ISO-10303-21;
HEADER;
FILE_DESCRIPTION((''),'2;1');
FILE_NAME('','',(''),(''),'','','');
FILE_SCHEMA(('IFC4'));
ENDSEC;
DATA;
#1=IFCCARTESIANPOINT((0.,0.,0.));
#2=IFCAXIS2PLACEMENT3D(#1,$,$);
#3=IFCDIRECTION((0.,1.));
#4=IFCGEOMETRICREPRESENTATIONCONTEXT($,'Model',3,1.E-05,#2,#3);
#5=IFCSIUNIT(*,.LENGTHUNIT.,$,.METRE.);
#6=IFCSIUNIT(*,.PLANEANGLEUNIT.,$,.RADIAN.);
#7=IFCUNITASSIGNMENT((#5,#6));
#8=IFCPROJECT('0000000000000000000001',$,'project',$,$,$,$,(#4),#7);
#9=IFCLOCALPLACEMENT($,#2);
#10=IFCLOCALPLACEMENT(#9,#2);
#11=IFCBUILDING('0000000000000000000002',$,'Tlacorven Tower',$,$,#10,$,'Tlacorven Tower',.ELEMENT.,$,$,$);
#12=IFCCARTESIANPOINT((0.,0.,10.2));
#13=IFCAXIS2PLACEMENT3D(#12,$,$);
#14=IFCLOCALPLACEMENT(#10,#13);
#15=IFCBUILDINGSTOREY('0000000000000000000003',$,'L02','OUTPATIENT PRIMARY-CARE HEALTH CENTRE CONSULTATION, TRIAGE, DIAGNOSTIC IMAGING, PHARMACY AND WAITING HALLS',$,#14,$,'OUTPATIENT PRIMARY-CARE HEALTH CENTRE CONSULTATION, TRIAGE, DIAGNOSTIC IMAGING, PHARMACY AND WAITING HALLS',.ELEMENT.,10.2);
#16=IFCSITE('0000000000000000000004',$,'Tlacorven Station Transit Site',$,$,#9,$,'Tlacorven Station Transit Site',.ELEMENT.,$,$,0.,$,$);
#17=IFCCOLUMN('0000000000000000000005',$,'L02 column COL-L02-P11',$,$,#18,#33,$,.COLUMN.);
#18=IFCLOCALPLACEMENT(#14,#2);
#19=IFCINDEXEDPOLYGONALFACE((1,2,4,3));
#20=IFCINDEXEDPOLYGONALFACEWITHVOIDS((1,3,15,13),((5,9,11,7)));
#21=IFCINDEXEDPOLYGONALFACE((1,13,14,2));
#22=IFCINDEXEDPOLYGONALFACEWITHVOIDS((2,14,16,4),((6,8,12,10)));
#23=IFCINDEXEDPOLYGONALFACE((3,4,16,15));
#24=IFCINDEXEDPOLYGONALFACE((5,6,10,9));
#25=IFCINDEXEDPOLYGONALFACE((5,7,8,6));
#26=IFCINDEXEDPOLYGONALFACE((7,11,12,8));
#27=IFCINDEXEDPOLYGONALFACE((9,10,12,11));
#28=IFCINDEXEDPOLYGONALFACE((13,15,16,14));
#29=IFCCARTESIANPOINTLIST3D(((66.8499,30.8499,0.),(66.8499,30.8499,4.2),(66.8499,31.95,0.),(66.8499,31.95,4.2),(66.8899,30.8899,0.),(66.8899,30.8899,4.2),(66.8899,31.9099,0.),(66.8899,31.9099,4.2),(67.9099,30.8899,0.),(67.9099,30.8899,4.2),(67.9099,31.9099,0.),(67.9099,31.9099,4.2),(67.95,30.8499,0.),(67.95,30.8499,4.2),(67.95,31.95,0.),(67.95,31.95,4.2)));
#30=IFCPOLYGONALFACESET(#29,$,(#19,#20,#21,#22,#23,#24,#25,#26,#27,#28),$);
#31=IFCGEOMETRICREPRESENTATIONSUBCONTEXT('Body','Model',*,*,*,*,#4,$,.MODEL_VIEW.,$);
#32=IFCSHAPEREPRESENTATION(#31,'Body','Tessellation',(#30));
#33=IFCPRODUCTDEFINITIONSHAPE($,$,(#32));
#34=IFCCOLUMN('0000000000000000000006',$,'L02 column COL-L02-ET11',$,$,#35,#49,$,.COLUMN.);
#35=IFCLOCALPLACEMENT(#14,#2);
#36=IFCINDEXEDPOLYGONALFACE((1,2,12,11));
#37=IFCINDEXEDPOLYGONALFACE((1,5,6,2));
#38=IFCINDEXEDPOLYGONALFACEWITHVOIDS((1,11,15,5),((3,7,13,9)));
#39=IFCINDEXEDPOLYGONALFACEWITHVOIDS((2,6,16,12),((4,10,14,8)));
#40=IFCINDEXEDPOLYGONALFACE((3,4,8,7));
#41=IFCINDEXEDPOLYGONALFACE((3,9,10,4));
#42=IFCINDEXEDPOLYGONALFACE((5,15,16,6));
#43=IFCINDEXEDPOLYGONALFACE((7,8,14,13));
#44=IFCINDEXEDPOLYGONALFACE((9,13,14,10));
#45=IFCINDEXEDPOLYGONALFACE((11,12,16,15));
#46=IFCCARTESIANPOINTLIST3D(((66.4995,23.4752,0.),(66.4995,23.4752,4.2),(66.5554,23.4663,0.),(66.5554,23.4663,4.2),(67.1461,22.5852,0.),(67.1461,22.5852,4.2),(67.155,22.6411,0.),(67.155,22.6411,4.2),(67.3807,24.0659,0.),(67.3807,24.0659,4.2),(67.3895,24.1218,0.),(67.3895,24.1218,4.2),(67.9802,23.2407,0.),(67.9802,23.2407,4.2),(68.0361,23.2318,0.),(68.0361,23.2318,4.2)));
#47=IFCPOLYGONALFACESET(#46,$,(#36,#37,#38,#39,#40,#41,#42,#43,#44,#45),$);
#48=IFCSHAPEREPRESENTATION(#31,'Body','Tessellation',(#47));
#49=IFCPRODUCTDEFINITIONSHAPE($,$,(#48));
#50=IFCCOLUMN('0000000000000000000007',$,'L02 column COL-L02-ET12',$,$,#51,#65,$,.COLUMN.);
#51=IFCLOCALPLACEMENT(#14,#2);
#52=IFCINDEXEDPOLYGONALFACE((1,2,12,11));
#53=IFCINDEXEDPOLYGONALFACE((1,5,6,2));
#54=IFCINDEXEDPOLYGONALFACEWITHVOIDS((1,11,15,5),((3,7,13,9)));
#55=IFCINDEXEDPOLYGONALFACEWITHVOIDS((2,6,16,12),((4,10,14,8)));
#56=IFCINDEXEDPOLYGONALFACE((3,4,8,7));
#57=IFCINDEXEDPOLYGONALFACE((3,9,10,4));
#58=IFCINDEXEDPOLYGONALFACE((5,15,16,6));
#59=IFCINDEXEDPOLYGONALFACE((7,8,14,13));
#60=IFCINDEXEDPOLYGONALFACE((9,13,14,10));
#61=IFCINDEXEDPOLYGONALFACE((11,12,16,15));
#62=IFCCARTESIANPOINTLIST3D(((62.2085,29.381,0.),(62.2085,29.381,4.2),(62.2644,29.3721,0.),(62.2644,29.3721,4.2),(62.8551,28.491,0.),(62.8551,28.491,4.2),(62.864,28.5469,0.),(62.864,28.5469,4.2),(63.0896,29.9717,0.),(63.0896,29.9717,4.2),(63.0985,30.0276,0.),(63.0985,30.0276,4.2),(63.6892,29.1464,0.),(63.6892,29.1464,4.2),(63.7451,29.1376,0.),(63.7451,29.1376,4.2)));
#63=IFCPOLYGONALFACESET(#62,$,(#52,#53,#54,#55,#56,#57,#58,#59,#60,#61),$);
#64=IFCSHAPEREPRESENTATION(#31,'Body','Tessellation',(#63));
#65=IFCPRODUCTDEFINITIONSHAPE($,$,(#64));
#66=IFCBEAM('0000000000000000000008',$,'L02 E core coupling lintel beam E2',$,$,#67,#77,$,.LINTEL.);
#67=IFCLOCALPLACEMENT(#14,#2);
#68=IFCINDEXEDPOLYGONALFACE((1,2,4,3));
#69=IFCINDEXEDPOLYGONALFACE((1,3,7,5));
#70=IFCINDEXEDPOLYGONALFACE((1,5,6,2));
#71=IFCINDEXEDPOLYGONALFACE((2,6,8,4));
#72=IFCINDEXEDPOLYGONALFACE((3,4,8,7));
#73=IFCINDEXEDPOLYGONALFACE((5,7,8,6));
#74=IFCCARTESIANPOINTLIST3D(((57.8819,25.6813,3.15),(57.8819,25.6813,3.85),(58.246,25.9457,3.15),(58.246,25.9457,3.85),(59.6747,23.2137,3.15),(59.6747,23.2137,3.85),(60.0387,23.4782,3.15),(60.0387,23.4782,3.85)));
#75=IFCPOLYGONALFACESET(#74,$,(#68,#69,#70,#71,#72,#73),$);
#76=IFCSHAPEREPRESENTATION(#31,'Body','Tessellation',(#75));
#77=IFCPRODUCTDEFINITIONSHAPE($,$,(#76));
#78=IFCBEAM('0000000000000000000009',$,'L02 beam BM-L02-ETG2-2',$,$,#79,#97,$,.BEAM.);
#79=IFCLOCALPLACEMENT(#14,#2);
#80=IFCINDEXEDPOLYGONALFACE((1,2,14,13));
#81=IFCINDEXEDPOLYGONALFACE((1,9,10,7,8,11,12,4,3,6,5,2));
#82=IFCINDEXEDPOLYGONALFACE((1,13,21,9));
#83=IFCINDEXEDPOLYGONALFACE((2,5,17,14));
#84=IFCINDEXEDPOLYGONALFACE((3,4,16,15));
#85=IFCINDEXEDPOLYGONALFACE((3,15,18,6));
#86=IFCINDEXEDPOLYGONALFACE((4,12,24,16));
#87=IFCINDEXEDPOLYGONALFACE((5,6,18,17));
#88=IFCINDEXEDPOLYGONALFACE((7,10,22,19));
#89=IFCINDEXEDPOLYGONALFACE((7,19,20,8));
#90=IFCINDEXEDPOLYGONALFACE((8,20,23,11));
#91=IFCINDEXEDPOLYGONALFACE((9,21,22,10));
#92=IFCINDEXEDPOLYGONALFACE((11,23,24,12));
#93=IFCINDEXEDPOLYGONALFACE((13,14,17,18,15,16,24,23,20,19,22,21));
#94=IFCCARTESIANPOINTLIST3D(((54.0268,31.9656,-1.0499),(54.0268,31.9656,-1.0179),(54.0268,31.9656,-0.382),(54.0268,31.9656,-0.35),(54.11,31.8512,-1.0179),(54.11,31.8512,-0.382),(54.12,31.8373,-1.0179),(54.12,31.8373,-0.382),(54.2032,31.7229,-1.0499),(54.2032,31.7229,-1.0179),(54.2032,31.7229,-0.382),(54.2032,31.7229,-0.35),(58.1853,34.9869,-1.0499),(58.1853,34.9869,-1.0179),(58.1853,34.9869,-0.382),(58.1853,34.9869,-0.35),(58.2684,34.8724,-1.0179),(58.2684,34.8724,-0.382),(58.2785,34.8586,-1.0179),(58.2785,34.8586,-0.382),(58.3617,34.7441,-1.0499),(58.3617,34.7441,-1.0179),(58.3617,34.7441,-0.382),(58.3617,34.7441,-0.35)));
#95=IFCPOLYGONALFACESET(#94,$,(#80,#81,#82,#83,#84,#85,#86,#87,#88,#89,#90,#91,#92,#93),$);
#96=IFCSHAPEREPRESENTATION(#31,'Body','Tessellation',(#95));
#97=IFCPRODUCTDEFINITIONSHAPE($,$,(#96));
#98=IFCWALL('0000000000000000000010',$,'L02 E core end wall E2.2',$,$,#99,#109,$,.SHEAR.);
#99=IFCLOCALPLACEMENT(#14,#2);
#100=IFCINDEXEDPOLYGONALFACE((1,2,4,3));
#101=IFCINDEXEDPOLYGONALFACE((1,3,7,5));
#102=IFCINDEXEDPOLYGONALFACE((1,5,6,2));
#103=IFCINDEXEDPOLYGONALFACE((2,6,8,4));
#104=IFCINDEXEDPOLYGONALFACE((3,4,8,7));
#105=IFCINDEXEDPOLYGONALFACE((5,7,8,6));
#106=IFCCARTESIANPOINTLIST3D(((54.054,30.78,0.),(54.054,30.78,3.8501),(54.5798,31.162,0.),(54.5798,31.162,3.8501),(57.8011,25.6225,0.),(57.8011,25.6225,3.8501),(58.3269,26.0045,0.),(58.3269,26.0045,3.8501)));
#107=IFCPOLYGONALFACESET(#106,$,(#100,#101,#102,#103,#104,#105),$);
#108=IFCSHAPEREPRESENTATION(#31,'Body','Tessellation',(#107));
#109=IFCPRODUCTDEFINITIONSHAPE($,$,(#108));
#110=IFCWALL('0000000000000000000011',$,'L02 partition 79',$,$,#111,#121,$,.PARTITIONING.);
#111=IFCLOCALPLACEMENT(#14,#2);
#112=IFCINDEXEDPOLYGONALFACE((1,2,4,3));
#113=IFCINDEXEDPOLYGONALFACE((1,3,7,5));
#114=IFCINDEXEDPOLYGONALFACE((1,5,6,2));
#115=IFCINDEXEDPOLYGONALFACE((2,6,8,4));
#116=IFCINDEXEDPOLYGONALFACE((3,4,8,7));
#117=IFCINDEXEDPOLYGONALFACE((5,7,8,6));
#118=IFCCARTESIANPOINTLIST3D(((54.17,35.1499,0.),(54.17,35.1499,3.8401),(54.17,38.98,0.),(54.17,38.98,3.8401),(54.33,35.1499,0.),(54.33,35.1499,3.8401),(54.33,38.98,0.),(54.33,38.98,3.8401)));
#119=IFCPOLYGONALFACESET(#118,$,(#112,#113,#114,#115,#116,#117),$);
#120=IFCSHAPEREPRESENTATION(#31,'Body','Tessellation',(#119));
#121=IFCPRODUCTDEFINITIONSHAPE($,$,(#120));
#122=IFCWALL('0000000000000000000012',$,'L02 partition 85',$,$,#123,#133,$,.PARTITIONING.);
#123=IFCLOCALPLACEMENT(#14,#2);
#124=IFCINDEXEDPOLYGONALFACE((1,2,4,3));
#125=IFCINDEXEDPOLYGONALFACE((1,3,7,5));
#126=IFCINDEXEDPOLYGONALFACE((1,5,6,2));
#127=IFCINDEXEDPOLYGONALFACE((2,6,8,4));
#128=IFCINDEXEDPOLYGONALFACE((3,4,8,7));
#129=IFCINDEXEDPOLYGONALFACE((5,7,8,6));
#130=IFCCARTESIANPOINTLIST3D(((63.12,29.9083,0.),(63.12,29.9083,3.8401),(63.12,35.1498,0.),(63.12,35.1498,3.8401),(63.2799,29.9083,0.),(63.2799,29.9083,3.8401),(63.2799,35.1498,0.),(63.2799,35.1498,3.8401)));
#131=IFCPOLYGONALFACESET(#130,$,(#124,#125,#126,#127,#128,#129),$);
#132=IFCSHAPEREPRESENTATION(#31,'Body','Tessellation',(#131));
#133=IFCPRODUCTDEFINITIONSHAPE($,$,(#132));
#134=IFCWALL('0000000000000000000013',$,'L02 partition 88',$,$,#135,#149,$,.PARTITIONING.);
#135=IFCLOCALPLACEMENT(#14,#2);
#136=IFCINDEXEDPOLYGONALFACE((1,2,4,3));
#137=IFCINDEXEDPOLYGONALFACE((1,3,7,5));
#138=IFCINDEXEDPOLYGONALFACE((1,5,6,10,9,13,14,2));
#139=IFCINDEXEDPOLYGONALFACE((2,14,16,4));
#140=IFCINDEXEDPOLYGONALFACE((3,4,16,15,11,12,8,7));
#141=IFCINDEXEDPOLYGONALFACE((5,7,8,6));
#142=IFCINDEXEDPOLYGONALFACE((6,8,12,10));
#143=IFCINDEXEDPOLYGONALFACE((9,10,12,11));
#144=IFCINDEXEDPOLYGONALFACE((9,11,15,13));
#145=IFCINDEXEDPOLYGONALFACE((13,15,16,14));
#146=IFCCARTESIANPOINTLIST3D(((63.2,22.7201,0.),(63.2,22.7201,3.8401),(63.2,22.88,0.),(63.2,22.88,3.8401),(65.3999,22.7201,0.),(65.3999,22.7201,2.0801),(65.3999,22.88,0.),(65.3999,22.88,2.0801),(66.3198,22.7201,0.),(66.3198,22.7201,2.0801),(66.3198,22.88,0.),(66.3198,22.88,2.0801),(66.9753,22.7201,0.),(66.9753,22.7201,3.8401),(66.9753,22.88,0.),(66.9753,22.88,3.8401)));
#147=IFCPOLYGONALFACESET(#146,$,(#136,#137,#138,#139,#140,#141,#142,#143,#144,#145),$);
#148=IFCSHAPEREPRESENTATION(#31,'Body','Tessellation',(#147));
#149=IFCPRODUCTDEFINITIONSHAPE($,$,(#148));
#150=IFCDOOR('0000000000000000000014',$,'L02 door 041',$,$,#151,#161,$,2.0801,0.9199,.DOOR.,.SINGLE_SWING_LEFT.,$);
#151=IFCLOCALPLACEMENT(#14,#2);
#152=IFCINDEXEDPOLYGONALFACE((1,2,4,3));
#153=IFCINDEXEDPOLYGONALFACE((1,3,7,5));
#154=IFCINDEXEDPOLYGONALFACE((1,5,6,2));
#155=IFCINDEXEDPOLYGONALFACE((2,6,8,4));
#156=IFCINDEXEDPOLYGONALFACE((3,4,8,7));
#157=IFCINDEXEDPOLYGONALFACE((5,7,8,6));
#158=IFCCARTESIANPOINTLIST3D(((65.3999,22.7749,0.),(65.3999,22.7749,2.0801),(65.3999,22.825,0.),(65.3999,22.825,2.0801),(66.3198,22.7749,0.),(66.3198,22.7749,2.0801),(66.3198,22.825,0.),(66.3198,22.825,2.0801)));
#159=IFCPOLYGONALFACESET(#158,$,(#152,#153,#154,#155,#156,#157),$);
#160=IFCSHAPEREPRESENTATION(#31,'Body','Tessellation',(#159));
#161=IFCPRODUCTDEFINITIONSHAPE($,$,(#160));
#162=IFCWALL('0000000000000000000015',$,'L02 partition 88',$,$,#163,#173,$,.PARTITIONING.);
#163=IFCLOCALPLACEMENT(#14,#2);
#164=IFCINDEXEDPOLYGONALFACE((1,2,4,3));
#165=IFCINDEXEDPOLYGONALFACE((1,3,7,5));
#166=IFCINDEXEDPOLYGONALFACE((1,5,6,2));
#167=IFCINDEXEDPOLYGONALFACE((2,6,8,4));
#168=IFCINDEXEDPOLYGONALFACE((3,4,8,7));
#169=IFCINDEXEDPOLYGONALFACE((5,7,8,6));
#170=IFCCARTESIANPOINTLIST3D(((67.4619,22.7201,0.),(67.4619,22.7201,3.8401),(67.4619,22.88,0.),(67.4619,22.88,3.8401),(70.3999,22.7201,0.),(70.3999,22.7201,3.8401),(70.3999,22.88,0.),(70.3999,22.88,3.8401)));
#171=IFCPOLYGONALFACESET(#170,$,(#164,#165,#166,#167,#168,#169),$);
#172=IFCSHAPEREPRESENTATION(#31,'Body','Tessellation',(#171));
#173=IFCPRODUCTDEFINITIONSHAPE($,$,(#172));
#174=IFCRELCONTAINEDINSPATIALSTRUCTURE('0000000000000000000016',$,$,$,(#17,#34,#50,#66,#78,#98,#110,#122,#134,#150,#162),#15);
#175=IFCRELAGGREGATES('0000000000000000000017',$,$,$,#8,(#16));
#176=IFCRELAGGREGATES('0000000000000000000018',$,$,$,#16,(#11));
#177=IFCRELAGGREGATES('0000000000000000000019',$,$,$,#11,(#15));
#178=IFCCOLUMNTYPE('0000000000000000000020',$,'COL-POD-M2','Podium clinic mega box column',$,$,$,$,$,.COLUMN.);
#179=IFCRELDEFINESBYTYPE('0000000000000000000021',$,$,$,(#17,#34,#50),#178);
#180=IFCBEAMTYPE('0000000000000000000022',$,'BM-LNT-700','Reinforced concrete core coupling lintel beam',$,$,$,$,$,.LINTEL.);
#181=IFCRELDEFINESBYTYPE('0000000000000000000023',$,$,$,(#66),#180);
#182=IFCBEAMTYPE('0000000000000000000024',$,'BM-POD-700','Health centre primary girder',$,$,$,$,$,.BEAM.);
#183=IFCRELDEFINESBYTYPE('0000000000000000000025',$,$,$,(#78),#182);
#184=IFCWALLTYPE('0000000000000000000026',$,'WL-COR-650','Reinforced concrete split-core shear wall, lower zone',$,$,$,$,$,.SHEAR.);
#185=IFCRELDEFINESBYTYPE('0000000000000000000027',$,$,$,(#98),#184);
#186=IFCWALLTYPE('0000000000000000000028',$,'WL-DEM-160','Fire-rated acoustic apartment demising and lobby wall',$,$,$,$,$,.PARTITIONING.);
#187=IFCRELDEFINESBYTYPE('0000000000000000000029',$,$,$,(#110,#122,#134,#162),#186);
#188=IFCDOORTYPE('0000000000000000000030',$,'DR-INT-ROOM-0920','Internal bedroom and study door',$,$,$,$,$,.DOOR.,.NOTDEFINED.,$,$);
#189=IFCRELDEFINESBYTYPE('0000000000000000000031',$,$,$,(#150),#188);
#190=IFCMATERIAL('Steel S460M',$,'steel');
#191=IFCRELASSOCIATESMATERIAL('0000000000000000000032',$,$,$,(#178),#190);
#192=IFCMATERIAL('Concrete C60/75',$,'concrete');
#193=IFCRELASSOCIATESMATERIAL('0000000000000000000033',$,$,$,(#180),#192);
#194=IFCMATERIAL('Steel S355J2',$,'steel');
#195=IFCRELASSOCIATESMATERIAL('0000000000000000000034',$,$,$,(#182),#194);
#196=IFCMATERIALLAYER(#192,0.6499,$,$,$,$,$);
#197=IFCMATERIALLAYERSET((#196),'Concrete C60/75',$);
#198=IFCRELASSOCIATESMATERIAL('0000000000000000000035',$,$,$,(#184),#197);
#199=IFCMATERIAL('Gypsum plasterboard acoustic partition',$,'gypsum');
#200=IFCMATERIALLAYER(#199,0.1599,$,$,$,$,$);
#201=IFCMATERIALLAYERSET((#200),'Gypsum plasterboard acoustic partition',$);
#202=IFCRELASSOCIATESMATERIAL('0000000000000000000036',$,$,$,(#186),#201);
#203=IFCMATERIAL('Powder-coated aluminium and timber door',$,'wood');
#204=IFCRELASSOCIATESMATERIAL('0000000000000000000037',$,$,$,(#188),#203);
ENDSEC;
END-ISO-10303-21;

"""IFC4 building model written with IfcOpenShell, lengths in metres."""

from ifc_helpers import new_model, si_unit, direction, frame, frame_2d, origin, origin_2d, place, context, subcontext, project, spatial, rectangle, hollow_rectangle, i_section, extrude, source, transform, mapped, material, layer, layer_set, material_profile, profile_set, type_object, element, fill, save


model = new_model("IFC4")

# Units and contexts
model_context = context("Model", 3, precision=1e-05, world=origin(), true_north=direction((0.0, 1.0)))
body_context = subcontext(model_context, "Body", "Model", "MODEL_VIEW")
ifc_project = project(units=[si_unit("LENGTHUNIT", "METRE"), si_unit("PLANEANGLEUNIT", "RADIAN")], contexts=[model_context])

# Site, building, storey
site_placement = place(None, origin())
site = spatial("IfcSite", under=ifc_project, at=site_placement, Name="Tlacorven Station Transit Site", LongName="Tlacorven Station Transit Site", CompositionType="ELEMENT", RefElevation=0.0)
building_placement = place(site_placement, origin())
building = spatial("IfcBuilding", under=site, at=building_placement, Name="Tlacorven Tower", LongName="Tlacorven Tower", CompositionType="ELEMENT")
storey_placement = place(building_placement, frame((0.0, 0.0, 10.2)))
storey = spatial("IfcBuildingStorey", under=building, at=storey_placement, Name="L02", Description="OUTPATIENT PRIMARY-CARE HEALTH CENTRE CONSULTATION, TRIAGE, DIAGNOSTIC IMAGING, PHARMACY AND WAITING HALLS", LongName="OUTPATIENT PRIMARY-CARE HEALTH CENTRE CONSULTATION, TRIAGE, DIAGNOSTIC IMAGING, PHARMACY AND WAITING HALLS", CompositionType="ELEMENT", Elevation=10.2)

# Columns
ifc_material_1 = material(Name="Steel S460M", Category="steel")
ifc_material_profile_1 = material_profile(ifc_material_1, hollow_rectangle(XDim=1.1001, YDim=1.1001, WallThickness=0.04, at=origin_2d()), Name="BOX 1100X1100X40")
ifc_profile_set_1 = profile_set([ifc_material_profile_1], Name="Steel S460M")
column_type = type_object("IfcColumnType", Name="COL-POD-M2", Description="Podium clinic mega box column", PredefinedType="COLUMN", material=ifc_profile_set_1)
shared_shape_1 = source(origin(), body_context, "Body", "SweptSolid", [
    extrude(hollow_rectangle(XDim=1.1001, YDim=1.1001, WallThickness=0.04, at=origin_2d()), origin(), (0.0, 0.0, 1.0), 4.2),
])
for number, where, z_axis, x_axis, name in (
    (1, (67.3999, 31.3999, 0.0), (0.0, 0.0, 1.0), (1.0, 0.0, 0.0), "L02 column COL-L02-P11"),
    (2, (67.2678, 23.3535, 0.0), (0.0, 0.0, 1.0), (0.809017, 0.587785, 0.0), "L02 column COL-L02-ET11"),
    (3, (62.9768, 29.2593, 0.0), (0.0, 0.0, 1.0), (0.809017, 0.587785, 0.0), "L02 column COL-L02-ET12"),
):
    element("IfcColumn", number, at=place(storey_placement, frame(where, z_axis=z_axis, x_axis=x_axis)), inside=storey, type_object=column_type, Name=name, PredefinedType="COLUMN", context=body_context, shape_type="MappedRepresentation", body=[
        mapped(shared_shape_1, transform((0.0, 0.0, 0.0), scale=1.0)),
    ])

# Beams
ifc_material_2 = material(Name="Concrete C60/75", Category="concrete")
ifc_material_profile_2 = material_profile(ifc_material_2, rectangle(XDim=0.45, YDim=0.7, at=origin_2d()), Name="RC 450X700")
ifc_profile_set_2 = profile_set([ifc_material_profile_2], Name="Concrete C60/75")
beam_type_1 = type_object("IfcBeamType", Name="BM-LNT-700", Description="Reinforced concrete core coupling lintel beam", PredefinedType="LINTEL", material=ifc_profile_set_2)
shared_shape_2 = source(origin(), body_context, "Body", "SweptSolid", [
    extrude(rectangle(XDim=0.45, YDim=0.7, at=origin_2d()), origin(), (0.0, 0.0, 1.0), 3.05),
])
beam_1_placement = place(storey_placement, frame((59.8567, 23.3459, 3.5), z_axis=(-0.587777, 0.809023, 0.0), x_axis=(-0.809023, -0.587777, 0.0)))
element("IfcBeam", 4, at=beam_1_placement, inside=storey, type_object=beam_type_1, Name="L02 E core coupling lintel beam E2", PredefinedType="LINTEL", context=body_context, shape_type="MappedRepresentation", body=[
    mapped(shared_shape_2, transform((0.0, 0.0, 0.0), scale=1.0)),
])
ifc_material_3 = material(Name="Steel S355J2", Category="steel")
ifc_material_profile_3 = material_profile(ifc_material_3, i_section(OverallWidth=0.3, OverallDepth=0.7, WebThickness=0.0171, FlangeThickness=0.032, at=origin_2d()), Name="HEB 700")
ifc_profile_set_3 = profile_set([ifc_material_profile_3], Name="Steel S355J2")
beam_type_2 = type_object("IfcBeamType", Name="BM-POD-700", Description="Health centre primary girder", PredefinedType="BEAM", material=ifc_profile_set_3)
shared_shape_3 = source(origin(), body_context, "Body", "SweptSolid", [
    extrude(i_section(OverallWidth=0.3, OverallDepth=0.7, WebThickness=0.0171, FlangeThickness=0.032, at=origin_2d()), origin(), (0.0, 0.0, 1.0), 5.1401),
])
beam_2_placement = place(storey_placement, frame((54.115, 31.8442, -0.7), z_axis=(0.809021, 0.587779, 0.0), x_axis=(-0.587779, 0.809021, 0.0)))
element("IfcBeam", 5, at=beam_2_placement, inside=storey, type_object=beam_type_2, Name="L02 beam BM-L02-ETG2-2", PredefinedType="BEAM", context=body_context, shape_type="MappedRepresentation", body=[
    mapped(shared_shape_3, transform((0.0, 0.0, 0.0), scale=1.0)),
])

# Walls
ifc_layer_1 = layer(ifc_material_2, 0.6499)
ifc_layer_set_1 = layer_set([ifc_layer_1], Name="Concrete C60/75")
wall_type_1 = type_object("IfcWallType", Name="WL-COR-650", Description="Reinforced concrete split-core shear wall, lower zone", PredefinedType="SHEAR", material=ifc_layer_set_1)
wall_1_placement = place(storey_placement, frame((58.064, 25.8135, 0.0), z_axis=(0.0, 0.0, 1.0), x_axis=(-0.58778, 0.809021, 0.0)))
element("IfcWall", 6, at=wall_1_placement, inside=storey, type_object=wall_type_1, Name="L02 E core end wall E2.2", PredefinedType="SHEAR", context=body_context, shape_type="SweptSolid", body=[
    extrude(rectangle(XDim=6.375, YDim=0.6499, at=frame_2d((3.1875, 0.0))), origin(), (0.0, 0.0, 1.0), 3.8501),
])
ifc_material_4 = material(Name="Gypsum plasterboard acoustic partition", Category="gypsum")
ifc_layer_2 = layer(ifc_material_4, 0.1599)
ifc_layer_set_2 = layer_set([ifc_layer_2], Name="Gypsum plasterboard acoustic partition")
wall_type_2 = type_object("IfcWallType", Name="WL-DEM-160", Description="Fire-rated acoustic apartment demising and lobby wall", PredefinedType="PARTITIONING", material=ifc_layer_set_2)
wall_2_placement = place(storey_placement, frame((54.25, 35.1499, 0.0), z_axis=(0.0, 0.0, 1.0), x_axis=(0.0, 1.0, 0.0)))
element("IfcWall", 7, at=wall_2_placement, inside=storey, type_object=wall_type_2, Name="L02 partition 79", PredefinedType="PARTITIONING", context=body_context, shape_type="SweptSolid", body=[
    extrude(rectangle(XDim=3.8301, YDim=0.1599, at=frame_2d((1.915, 0.0))), origin(), (0.0, 0.0, 1.0), 3.8401),
])
wall_3_placement = place(storey_placement, frame((63.2, 29.9084, 0.0), z_axis=(0.0, 0.0, 1.0), x_axis=(0.0, 1.0, 0.0)))
element("IfcWall", 8, at=wall_3_placement, inside=storey, type_object=wall_type_2, Name="L02 partition 85", PredefinedType="PARTITIONING", context=body_context, shape_type="SweptSolid", body=[
    extrude(rectangle(XDim=5.2415, YDim=0.1599, at=frame_2d((2.6206, 0.0))), origin(), (0.0, 0.0, 1.0), 3.8401),
])

# Wall, opening, door
wall_4_placement = place(storey_placement, frame((63.2, 22.8, 0.0), z_axis=(0.0, 0.0, 1.0), x_axis=(1.0, 0.0, 0.0)))
wall_4 = element("IfcWall", 9, at=wall_4_placement, inside=storey, type_object=wall_type_2, Name="L02 partition 88", PredefinedType="PARTITIONING", context=body_context, shape_type="SweptSolid", body=[
    extrude(rectangle(XDim=3.7754, YDim=0.1599, at=frame_2d((1.8877, 0.0))), origin(), (0.0, 0.0, 1.0), 3.8401),
])
opening_1_placement = place(wall_4_placement, frame((2.2, 0.0, 0.0)))
opening_1 = element("IfcOpeningElement", 10, at=opening_1_placement, cuts=wall_4, PredefinedType="OPENING", context=body_context, shape_type="SweptSolid", body=[
    extrude(rectangle(XDim=0.9199, YDim=2.0801, at=frame_2d((0.46, 1.04))), frame((0.0, 0.0898, 0.0), z_axis=(0.0, -1.0, 0.0), x_axis=(1.0, 0.0, 0.0)), (0.0, 0.0, 1.0), 0.1799),
])
ifc_material_5 = material(Name="Powder-coated aluminium and timber door", Category="wood")
door_type_1 = type_object("IfcDoorType", Name="DR-INT-ROOM-0920", Description="Internal bedroom and study door", OperationType="NOTDEFINED", PredefinedType="DOOR", material=ifc_material_5)
shared_shape_4 = source(origin(), body_context, "Body", "SweptSolid", [
    extrude(rectangle(XDim=0.9199, YDim=2.0801, at=frame_2d((0.46, 1.04))), frame((0.0, 0.0249, 0.0), z_axis=(0.0, -1.0, 0.0), x_axis=(1.0, 0.0, 0.0)), (0.0, 0.0, 1.0), 0.05),
])
door_1_placement = place(opening_1_placement, origin())
door_1 = element("IfcDoor", 11, at=door_1_placement, inside=storey, type_object=door_type_1, Name="L02 door 041", OperationType="SINGLE_SWING_LEFT", OverallHeight=2.0801, OverallWidth=0.9199, PredefinedType="DOOR", context=body_context, shape_type="MappedRepresentation", body=[
    mapped(shared_shape_4, transform((0.0, 0.0, 0.0), scale=1.0)),
])
fill(opening_1, door_1)

# Wall
wall_5_placement = place(storey_placement, frame((67.4619, 22.8, 0.0), z_axis=(0.0, 0.0, 1.0), x_axis=(1.0, 0.0, 0.0)))
element("IfcWall", 12, at=wall_5_placement, inside=storey, type_object=wall_type_2, Name="L02 partition 88", PredefinedType="PARTITIONING", context=body_context, shape_type="SweptSolid", body=[
    extrude(rectangle(XDim=2.938, YDim=0.1599, at=frame_2d((1.469, 0.0))), origin(), (0.0, 0.0, 1.0), 3.8401),
])

save(model, "model.ifc")
